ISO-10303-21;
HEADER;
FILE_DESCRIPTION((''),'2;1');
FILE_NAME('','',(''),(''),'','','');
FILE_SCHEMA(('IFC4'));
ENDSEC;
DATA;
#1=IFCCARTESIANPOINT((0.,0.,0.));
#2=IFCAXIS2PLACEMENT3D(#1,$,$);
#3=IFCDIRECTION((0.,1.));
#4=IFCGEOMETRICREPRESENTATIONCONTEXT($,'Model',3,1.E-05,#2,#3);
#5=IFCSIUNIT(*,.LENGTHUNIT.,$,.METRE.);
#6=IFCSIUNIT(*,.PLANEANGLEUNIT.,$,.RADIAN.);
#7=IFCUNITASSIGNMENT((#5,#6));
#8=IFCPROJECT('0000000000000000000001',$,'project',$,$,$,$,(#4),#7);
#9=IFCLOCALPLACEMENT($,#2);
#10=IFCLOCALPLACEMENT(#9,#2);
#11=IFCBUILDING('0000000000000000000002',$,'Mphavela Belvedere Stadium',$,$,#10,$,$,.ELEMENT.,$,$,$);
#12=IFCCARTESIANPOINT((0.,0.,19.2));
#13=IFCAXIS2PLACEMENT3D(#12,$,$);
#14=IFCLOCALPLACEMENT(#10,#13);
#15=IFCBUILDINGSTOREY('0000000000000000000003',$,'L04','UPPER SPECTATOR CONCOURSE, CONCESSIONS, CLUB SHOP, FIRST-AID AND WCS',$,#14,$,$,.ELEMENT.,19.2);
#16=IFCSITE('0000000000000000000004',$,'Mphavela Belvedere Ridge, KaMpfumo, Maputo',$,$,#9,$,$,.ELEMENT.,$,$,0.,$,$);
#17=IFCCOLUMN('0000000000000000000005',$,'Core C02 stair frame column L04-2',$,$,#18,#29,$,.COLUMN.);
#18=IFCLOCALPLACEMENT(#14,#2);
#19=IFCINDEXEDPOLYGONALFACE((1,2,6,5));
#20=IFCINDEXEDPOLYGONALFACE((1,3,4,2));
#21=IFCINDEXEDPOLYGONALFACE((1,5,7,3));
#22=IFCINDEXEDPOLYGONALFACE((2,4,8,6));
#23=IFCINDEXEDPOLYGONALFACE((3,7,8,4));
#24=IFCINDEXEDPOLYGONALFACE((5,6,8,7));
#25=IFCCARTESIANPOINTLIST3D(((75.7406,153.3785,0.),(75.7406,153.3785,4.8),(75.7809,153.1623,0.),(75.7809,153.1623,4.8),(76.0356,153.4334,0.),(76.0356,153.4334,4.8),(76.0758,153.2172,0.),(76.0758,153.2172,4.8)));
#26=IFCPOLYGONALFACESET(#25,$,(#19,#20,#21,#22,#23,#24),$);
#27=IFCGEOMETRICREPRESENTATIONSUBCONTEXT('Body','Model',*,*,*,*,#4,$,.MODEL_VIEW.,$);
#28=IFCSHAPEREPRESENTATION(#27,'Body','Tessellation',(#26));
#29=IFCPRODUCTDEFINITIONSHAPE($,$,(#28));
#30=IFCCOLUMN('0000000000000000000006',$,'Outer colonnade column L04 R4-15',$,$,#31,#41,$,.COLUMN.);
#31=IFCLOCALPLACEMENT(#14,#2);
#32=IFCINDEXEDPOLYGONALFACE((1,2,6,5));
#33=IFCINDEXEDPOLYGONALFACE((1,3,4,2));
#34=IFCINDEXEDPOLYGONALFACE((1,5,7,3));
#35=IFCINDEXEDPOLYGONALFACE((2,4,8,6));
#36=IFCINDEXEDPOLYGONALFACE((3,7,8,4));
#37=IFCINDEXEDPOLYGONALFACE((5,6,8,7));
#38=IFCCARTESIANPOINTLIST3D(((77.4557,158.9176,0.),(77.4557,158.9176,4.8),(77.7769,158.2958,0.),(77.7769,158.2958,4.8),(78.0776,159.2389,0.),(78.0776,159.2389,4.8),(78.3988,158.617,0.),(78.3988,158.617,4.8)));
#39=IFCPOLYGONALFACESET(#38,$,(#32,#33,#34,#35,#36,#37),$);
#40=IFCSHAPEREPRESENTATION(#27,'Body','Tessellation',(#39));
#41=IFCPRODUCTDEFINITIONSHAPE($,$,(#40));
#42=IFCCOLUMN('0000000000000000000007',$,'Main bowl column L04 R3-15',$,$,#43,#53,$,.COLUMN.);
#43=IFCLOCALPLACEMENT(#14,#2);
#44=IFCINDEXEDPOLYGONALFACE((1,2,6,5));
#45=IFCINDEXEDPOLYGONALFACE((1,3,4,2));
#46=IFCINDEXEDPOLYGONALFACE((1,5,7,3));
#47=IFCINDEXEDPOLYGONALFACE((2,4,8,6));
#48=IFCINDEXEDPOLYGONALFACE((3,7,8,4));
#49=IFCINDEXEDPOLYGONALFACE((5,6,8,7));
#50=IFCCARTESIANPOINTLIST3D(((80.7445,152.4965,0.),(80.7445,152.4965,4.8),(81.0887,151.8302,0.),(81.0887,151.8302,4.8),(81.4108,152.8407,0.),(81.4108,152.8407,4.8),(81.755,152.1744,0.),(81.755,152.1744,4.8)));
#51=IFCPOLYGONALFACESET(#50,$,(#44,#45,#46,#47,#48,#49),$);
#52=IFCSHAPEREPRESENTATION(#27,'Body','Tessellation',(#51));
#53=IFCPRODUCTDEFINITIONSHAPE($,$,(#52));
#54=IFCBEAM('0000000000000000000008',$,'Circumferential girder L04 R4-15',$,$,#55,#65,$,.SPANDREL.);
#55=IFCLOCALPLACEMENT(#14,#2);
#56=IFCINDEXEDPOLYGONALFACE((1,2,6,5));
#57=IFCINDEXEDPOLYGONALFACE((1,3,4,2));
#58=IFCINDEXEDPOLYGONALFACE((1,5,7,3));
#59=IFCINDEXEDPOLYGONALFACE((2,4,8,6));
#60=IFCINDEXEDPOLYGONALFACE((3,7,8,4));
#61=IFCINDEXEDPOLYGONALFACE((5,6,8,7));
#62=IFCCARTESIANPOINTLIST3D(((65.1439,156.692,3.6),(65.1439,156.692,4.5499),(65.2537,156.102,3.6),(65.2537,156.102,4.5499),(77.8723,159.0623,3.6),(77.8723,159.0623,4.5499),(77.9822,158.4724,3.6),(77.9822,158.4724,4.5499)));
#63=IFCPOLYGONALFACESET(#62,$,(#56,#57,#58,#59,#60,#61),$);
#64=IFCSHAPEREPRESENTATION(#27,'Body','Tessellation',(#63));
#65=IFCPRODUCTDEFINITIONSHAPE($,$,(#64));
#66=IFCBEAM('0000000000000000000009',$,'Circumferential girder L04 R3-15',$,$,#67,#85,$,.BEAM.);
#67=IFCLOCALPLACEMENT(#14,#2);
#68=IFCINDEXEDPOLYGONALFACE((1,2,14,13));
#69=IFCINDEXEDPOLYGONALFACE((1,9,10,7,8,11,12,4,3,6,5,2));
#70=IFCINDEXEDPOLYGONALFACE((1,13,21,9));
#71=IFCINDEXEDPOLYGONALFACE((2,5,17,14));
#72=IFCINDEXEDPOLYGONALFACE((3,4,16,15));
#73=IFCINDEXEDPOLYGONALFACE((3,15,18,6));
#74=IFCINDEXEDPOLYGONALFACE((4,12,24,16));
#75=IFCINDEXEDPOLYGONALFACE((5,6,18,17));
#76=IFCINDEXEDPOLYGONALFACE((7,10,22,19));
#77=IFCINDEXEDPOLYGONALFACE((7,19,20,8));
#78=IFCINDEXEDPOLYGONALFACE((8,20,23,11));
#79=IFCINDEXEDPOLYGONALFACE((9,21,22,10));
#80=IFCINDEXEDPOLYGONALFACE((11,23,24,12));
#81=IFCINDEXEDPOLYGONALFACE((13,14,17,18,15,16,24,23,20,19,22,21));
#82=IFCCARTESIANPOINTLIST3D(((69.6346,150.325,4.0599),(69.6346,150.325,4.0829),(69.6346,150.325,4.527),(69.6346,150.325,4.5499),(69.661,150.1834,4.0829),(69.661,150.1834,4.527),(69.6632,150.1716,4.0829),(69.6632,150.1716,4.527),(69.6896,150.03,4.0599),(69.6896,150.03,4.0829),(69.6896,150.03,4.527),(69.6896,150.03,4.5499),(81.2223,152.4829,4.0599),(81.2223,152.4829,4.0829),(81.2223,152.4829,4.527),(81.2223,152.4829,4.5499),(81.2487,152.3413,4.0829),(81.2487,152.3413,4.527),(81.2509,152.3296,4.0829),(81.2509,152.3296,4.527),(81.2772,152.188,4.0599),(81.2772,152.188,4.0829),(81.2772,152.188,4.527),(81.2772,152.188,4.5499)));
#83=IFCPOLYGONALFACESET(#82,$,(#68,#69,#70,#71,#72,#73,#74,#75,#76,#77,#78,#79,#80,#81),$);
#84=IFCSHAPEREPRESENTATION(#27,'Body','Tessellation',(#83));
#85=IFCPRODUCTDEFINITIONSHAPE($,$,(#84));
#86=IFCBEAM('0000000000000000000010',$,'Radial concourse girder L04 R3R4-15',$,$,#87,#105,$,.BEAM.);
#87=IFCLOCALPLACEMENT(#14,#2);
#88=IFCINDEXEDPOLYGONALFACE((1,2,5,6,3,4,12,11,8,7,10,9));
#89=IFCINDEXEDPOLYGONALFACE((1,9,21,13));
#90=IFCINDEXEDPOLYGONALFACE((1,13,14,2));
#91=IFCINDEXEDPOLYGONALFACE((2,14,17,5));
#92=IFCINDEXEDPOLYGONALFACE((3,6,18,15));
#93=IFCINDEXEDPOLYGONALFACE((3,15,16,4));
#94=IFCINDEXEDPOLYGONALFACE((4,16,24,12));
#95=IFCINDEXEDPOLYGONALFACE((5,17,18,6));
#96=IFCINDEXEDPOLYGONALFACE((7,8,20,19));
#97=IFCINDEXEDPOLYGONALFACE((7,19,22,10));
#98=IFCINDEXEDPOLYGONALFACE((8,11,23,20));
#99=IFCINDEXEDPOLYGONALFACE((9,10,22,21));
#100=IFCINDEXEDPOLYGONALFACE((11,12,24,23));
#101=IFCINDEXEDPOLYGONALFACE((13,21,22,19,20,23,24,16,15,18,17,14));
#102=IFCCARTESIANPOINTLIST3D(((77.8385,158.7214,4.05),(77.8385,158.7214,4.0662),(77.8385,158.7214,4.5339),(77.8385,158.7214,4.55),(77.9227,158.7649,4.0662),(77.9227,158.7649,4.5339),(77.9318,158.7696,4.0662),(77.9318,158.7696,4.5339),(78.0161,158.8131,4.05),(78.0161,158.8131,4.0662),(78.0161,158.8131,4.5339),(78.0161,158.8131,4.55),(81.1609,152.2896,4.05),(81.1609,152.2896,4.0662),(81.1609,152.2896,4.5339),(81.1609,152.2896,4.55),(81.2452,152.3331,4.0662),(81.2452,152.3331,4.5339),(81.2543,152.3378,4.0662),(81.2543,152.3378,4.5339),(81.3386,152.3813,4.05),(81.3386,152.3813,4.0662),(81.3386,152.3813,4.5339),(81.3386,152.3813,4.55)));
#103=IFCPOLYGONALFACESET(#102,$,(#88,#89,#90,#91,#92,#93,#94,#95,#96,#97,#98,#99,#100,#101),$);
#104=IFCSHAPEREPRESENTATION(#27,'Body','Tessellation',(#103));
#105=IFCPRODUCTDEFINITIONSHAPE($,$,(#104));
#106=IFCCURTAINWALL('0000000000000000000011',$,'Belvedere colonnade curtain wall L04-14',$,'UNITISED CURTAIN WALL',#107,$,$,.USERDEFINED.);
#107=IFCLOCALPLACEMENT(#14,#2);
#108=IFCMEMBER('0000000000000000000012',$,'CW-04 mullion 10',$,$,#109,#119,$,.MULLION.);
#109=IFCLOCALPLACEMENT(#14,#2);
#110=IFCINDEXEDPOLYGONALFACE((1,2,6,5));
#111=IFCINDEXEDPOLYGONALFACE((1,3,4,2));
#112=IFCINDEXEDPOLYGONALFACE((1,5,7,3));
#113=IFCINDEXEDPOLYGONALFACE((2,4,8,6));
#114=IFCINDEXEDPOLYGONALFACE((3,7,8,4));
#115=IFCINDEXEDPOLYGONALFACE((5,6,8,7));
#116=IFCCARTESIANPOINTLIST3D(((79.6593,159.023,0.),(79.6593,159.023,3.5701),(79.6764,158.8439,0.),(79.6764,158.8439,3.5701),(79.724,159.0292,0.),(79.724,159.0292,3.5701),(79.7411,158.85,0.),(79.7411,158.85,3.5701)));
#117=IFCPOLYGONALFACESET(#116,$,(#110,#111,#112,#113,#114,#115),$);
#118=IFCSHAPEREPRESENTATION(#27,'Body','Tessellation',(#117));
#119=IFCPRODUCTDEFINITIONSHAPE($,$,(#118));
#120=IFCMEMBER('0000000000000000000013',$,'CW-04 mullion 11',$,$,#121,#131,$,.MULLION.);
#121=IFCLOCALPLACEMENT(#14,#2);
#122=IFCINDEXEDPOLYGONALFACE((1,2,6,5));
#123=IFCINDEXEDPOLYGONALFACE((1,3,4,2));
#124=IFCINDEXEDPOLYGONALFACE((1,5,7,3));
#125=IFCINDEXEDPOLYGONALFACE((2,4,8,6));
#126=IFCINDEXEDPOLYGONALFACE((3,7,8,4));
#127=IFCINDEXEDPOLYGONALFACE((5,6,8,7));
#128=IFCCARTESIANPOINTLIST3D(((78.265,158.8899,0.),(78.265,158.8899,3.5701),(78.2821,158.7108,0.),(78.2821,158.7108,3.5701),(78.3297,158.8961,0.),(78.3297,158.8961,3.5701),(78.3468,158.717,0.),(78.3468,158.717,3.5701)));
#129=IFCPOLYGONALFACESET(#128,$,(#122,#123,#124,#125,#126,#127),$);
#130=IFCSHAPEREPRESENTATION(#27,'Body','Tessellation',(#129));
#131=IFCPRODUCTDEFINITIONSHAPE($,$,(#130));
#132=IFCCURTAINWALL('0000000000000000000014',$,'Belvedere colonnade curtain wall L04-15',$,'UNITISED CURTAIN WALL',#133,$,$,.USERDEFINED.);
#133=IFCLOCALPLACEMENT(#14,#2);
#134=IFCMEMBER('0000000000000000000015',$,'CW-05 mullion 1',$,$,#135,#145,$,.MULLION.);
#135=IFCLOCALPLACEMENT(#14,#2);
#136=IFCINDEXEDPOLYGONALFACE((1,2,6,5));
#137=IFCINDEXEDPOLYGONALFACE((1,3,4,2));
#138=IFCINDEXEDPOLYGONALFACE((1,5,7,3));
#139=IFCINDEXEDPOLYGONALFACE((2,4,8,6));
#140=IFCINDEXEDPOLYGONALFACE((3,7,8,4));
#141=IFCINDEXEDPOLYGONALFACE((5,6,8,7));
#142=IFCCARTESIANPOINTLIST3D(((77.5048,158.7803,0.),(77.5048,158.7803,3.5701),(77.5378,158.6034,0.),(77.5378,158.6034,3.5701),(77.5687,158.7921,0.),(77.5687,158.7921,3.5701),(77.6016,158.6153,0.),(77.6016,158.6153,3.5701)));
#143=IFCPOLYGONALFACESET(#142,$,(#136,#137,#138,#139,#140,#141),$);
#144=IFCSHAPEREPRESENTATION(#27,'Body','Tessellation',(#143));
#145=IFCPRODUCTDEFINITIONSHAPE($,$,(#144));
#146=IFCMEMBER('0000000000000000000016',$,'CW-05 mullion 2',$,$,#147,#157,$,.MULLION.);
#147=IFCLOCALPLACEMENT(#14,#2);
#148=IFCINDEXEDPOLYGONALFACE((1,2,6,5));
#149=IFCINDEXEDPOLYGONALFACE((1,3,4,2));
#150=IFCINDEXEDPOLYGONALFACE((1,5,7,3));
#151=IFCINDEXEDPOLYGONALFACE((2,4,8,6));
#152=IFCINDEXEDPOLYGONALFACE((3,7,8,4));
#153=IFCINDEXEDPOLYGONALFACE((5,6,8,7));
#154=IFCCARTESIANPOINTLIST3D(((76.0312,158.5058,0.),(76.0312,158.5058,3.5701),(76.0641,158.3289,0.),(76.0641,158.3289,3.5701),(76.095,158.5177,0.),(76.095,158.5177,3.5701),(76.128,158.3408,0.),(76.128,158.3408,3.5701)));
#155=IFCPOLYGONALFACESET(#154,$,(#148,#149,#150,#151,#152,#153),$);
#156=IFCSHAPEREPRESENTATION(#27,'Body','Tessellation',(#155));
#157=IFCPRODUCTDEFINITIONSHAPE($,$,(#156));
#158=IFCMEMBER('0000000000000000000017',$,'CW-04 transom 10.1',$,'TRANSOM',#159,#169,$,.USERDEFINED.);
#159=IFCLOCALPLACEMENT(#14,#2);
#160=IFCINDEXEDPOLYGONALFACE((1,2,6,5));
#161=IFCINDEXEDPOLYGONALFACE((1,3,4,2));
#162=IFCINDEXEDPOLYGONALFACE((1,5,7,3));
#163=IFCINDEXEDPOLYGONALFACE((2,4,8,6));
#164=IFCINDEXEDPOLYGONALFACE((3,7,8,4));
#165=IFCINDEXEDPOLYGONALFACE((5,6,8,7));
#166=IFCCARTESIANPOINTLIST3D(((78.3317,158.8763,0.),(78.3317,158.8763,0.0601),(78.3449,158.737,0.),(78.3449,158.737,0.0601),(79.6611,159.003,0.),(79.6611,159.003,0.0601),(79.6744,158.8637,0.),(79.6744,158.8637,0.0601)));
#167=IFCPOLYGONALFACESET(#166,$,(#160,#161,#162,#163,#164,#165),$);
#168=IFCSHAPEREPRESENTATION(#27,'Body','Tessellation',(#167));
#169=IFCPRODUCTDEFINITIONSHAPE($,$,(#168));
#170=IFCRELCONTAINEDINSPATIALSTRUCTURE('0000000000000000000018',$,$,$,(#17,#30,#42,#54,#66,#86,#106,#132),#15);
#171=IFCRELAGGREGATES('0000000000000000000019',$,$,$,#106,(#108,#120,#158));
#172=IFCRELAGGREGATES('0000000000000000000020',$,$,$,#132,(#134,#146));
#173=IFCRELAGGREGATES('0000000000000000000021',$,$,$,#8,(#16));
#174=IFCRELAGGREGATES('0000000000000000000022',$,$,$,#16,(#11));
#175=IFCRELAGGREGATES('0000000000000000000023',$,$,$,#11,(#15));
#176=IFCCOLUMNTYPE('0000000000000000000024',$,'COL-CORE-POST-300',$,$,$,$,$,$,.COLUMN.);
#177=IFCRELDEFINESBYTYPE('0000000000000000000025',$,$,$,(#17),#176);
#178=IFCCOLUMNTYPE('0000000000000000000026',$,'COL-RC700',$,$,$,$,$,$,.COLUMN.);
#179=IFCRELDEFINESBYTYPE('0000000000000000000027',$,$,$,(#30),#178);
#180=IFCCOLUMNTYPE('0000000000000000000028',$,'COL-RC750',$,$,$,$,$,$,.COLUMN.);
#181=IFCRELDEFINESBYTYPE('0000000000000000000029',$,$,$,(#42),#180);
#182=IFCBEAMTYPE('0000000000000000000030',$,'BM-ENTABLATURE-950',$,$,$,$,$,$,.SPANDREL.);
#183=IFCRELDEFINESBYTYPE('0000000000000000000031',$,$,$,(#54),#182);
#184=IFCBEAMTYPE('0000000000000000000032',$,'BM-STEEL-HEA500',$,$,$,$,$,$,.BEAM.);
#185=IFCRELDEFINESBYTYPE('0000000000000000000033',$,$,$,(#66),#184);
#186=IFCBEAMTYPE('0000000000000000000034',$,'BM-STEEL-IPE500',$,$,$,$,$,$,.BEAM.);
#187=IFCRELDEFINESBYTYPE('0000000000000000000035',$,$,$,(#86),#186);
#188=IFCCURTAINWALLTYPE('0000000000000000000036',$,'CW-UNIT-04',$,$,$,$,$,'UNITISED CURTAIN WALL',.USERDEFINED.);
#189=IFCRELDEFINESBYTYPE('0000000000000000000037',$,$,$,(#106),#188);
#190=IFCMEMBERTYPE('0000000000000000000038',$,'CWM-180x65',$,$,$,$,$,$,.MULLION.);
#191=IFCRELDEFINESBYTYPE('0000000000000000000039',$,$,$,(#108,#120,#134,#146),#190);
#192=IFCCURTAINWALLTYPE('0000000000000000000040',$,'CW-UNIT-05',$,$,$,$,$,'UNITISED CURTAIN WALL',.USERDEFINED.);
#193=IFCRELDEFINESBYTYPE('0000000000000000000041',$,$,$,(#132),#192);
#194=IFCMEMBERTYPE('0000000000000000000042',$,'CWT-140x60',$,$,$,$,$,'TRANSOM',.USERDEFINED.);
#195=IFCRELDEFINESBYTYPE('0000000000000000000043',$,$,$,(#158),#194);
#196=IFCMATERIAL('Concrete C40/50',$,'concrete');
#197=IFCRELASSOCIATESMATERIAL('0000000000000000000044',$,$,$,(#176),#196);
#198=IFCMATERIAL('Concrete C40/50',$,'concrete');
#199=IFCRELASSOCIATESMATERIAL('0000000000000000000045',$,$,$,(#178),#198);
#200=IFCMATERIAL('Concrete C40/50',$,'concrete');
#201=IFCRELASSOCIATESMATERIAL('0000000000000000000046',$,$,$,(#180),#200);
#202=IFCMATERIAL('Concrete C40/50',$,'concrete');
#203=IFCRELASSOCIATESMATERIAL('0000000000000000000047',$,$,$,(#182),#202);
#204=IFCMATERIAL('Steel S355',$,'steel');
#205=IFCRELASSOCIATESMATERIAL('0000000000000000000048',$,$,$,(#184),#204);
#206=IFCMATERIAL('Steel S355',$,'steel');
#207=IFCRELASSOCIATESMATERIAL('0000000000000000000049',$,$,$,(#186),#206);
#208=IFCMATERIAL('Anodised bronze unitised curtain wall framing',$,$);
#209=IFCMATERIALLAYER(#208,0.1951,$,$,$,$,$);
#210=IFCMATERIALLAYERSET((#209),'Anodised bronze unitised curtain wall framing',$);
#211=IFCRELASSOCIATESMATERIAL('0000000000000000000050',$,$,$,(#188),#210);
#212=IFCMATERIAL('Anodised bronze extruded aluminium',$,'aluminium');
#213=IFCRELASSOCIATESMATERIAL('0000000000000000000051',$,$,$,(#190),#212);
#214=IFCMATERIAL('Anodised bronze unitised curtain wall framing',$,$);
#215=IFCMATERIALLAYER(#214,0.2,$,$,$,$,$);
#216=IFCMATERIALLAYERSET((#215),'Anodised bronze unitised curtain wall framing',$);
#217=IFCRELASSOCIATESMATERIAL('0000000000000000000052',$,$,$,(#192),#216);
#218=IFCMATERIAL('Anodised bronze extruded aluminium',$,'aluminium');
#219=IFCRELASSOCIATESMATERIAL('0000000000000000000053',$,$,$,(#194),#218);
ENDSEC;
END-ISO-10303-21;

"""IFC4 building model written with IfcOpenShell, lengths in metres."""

from ifc_helpers import new_model, si_unit, direction, frame, origin, origin_2d, place, context, subcontext, project, spatial, rectangle, i_section, extrude, material, layer, layer_set, material_profile, profile_set, type_object, element, aggregate, save


model = new_model("IFC4")

# Units and contexts
model_context = context("Model", 3, precision=1e-05, world=origin(), true_north=direction((0.0, 1.0)))
body_context = subcontext(model_context, "Body", "Model", "MODEL_VIEW")
ifc_project = project(units=[si_unit("LENGTHUNIT", "METRE"), si_unit("PLANEANGLEUNIT", "RADIAN")], contexts=[model_context])

# Site, building, storey
site_placement = place(None, origin())
site = spatial("IfcSite", under=ifc_project, at=site_placement, Name="Mphavela Belvedere Ridge, KaMpfumo, Maputo", CompositionType="ELEMENT", RefElevation=0.0)
building_placement = place(site_placement, origin())
building = spatial("IfcBuilding", under=site, at=building_placement, Name="Mphavela Belvedere Stadium", CompositionType="ELEMENT")
storey_placement = place(building_placement, frame((0.0, 0.0, 19.2)))
storey = spatial("IfcBuildingStorey", under=building, at=storey_placement, Name="L04", Description="UPPER SPECTATOR CONCOURSE, CONCESSIONS, CLUB SHOP, FIRST-AID AND WCS", CompositionType="ELEMENT", Elevation=19.2)

# Columns
ifc_material_1 = material(Name="Concrete C40/50", Category="concrete")
ifc_material_profile_1 = material_profile(ifc_material_1, rectangle(XDim=0.3, YDim=0.22, at=origin_2d()), Name="RC 300x220")
ifc_profile_set_1 = profile_set([ifc_material_profile_1], Name="Concrete C40/50")
column_type_1 = type_object("IfcColumnType", Name="COL-CORE-POST-300", PredefinedType="COLUMN", material=ifc_profile_set_1)
column_1_placement = place(storey_placement, frame((75.9082, 153.2979, 0.0), z_axis=(0.0, 0.0, 1.0), x_axis=(0.983096, 0.183094, 0.0)))
element("IfcColumn", 1, at=column_1_placement, inside=storey, type_object=column_type_1, Name="Core C02 stair frame column L04-2", PredefinedType="COLUMN", context=body_context, shape_type="SweptSolid", body=[
    extrude(rectangle(XDim=0.3, YDim=0.22, at=origin_2d()), origin(), (0.0, 0.0, 1.0), 4.8),
])
ifc_material_2 = material(Name="Concrete C40/50", Category="concrete")
ifc_material_profile_2 = material_profile(ifc_material_2, rectangle(XDim=0.7, YDim=0.7, at=origin_2d()), Name="RC 700x700")
ifc_profile_set_2 = profile_set([ifc_material_profile_2], Name="Concrete C40/50")
column_type_2 = type_object("IfcColumnType", Name="COL-RC700", PredefinedType="COLUMN", material=ifc_profile_set_2)
column_2_placement = place(storey_placement, frame((77.9272, 158.7673, 0.0), z_axis=(0.0, 0.0, 1.0), x_axis=(-0.45896, 0.888457, 0.0)))
element("IfcColumn", 2, at=column_2_placement, inside=storey, type_object=column_type_2, Name="Outer colonnade column L04 R4-15", PredefinedType="COLUMN", context=body_context, shape_type="SweptSolid", body=[
    extrude(rectangle(XDim=0.7, YDim=0.7, at=origin_2d()), origin(), (0.0, 0.0, 1.0), 4.8),
])
ifc_material_3 = material(Name="Concrete C40/50", Category="concrete")
ifc_material_profile_3 = material_profile(ifc_material_3, rectangle(XDim=0.75, YDim=0.75, at=origin_2d()), Name="RC 750x750")
ifc_profile_set_3 = profile_set([ifc_material_profile_3], Name="Concrete C40/50")
column_type_3 = type_object("IfcColumnType", Name="COL-RC750", PredefinedType="COLUMN", material=ifc_profile_set_3)
column_3_placement = place(storey_placement, frame((81.2498, 152.3354, 0.0), z_axis=(0.0, 0.0, 1.0), x_axis=(-0.45896, 0.888457, 0.0)))
element("IfcColumn", 3, at=column_3_placement, inside=storey, type_object=column_type_3, Name="Main bowl column L04 R3-15", PredefinedType="COLUMN", context=body_context, shape_type="SweptSolid", body=[
    extrude(rectangle(XDim=0.75, YDim=0.75, at=origin_2d()), origin(), (0.0, 0.0, 1.0), 4.8),
])

# Beams
ifc_material_4 = material(Name="Concrete C40/50", Category="concrete")
ifc_material_profile_4 = material_profile(ifc_material_4, rectangle(XDim=0.6001, YDim=0.95, at=origin_2d()), Name="RC 600x950")
ifc_profile_set_4 = profile_set([ifc_material_profile_4], Name="Concrete C40/50")
beam_type_1 = type_object("IfcBeamType", Name="BM-ENTABLATURE-950", PredefinedType="SPANDREL", material=ifc_profile_set_4)
beam_1_placement = place(storey_placement, frame((77.9272, 158.7673, 4.075), z_axis=(-0.983099, -0.183077, 0.0), x_axis=(0.183077, -0.983099, 0.0)))
element("IfcBeam", 4, at=beam_1_placement, inside=storey, type_object=beam_type_1, Name="Circumferential girder L04 R4-15", PredefinedType="SPANDREL", context=body_context, shape_type="SweptSolid", body=[
    extrude(rectangle(XDim=0.6001, YDim=0.95, at=origin_2d()), origin(), (0.0, 0.0, 1.0), 12.9473),
])
ifc_material_5 = material(Name="Steel S355", Category="steel")
ifc_material_profile_5 = material_profile(ifc_material_5, i_section(OverallWidth=0.3, OverallDepth=0.49, WebThickness=0.012, FlangeThickness=0.0229, at=origin_2d()), Name="HEA 500")
ifc_profile_set_5 = profile_set([ifc_material_profile_5], Name="Steel S355")
beam_type_2 = type_object("IfcBeamType", Name="BM-STEEL-HEA500", PredefinedType="BEAM", material=ifc_profile_set_5)
beam_2_placement = place(storey_placement, frame((81.2498, 152.3354, 4.3049), z_axis=(-0.983098, -0.183082, 0.0), x_axis=(0.183082, -0.983098, 0.0)))
element("IfcBeam", 5, at=beam_2_placement, inside=storey, type_object=beam_type_2, Name="Circumferential girder L04 R3-15", PredefinedType="BEAM", context=body_context, shape_type="SweptSolid", body=[
    extrude(i_section(OverallWidth=0.3, OverallDepth=0.49, WebThickness=0.012, FlangeThickness=0.0229, at=origin_2d()), origin(), (0.0, 0.0, 1.0), 11.7869),
])
ifc_material_6 = material(Name="Steel S355", Category="steel")
ifc_material_profile_6 = material_profile(ifc_material_6, i_section(OverallWidth=0.2, OverallDepth=0.5, WebThickness=0.0103, FlangeThickness=0.0161, at=origin_2d()), Name="IPE 500")
ifc_profile_set_6 = profile_set([ifc_material_profile_6], Name="Steel S355")
beam_type_3 = type_object("IfcBeamType", Name="BM-STEEL-IPE500", PredefinedType="BEAM", material=ifc_profile_set_6)
beam_3_placement = place(storey_placement, frame((81.2498, 152.3354, 4.3), z_axis=(-0.458951, 0.888461, 0.0), x_axis=(-0.888461, -0.458951, 0.0)))
element("IfcBeam", 6, at=beam_3_placement, inside=storey, type_object=beam_type_3, Name="Radial concourse girder L04 R3R4-15", PredefinedType="BEAM", context=body_context, shape_type="SweptSolid", body=[
    extrude(i_section(OverallWidth=0.2, OverallDepth=0.5, WebThickness=0.0103, FlangeThickness=0.0161, at=origin_2d()), origin(), (0.0, 0.0, 1.0), 7.2393),
])

# Curtain walls, members
ifc_material_7 = material(Name="Anodised bronze unitised curtain wall framing")
ifc_layer_1 = layer(ifc_material_7, 0.1951)
ifc_layer_set_1 = layer_set([ifc_layer_1], Name="Anodised bronze unitised curtain wall framing")
curtain_wall_type_1 = type_object("IfcCurtainWallType", Name="CW-UNIT-04", ElementType="UNITISED CURTAIN WALL", PredefinedType="USERDEFINED", material=ifc_layer_set_1)
curtain_wall_1_placement = place(storey_placement, origin())
curtain_wall_1 = element("IfcCurtainWall", 7, at=curtain_wall_1_placement, inside=storey, type_object=curtain_wall_type_1, Name="Belvedere colonnade curtain wall L04-14", ObjectType="UNITISED CURTAIN WALL", PredefinedType="USERDEFINED")
ifc_material_8 = material(Name="Anodised bronze extruded aluminium", Category="aluminium")
ifc_material_profile_7 = material_profile(ifc_material_8, rectangle(XDim=0.1799, YDim=0.0649, at=origin_2d()), Name="CW-MUL 180x65")
ifc_profile_set_7 = profile_set([ifc_material_profile_7], Name="Anodised bronze extruded aluminium")
member_type_1 = type_object("IfcMemberType", Name="CWM-180x65", PredefinedType="MULLION", material=ifc_profile_set_7)
member_1_placement = place(storey_placement, frame((79.7002, 158.9365, 0.0), z_axis=(0.0, 0.0, 1.0), x_axis=(0.094933, -0.995484, 0.0)))
member_1 = element("IfcMember", 8, at=member_1_placement, type_object=member_type_1, Name="CW-04 mullion 10", PredefinedType="MULLION", context=body_context, shape_type="SweptSolid", body=[
    extrude(rectangle(XDim=0.1799, YDim=0.0649, at=origin_2d()), origin(), (0.0, 0.0, 1.0), 3.5701),
])
member_2_placement = place(storey_placement, frame((78.3059, 158.8035, 0.0), z_axis=(0.0, 0.0, 1.0), x_axis=(0.094933, -0.995484, 0.0)))
member_2 = element("IfcMember", 9, at=member_2_placement, type_object=member_type_1, Name="CW-04 mullion 11", PredefinedType="MULLION", context=body_context, shape_type="SweptSolid", body=[
    extrude(rectangle(XDim=0.1799, YDim=0.0649, at=origin_2d()), origin(), (0.0, 0.0, 1.0), 3.5701),
])
ifc_material_9 = material(Name="Anodised bronze unitised curtain wall framing")
ifc_layer_2 = layer(ifc_material_9, 0.2)
ifc_layer_set_2 = layer_set([ifc_layer_2], Name="Anodised bronze unitised curtain wall framing")
curtain_wall_type_2 = type_object("IfcCurtainWallType", Name="CW-UNIT-05", ElementType="UNITISED CURTAIN WALL", PredefinedType="USERDEFINED", material=ifc_layer_set_2)
curtain_wall_2_placement = place(storey_placement, origin())
curtain_wall_2 = element("IfcCurtainWall", 10, at=curtain_wall_2_placement, inside=storey, type_object=curtain_wall_type_2, Name="Belvedere colonnade curtain wall L04-15", ObjectType="UNITISED CURTAIN WALL", PredefinedType="USERDEFINED")
member_3_placement = place(storey_placement, frame((77.5532, 158.6978, 0.0), z_axis=(0.0, 0.0, 1.0), x_axis=(0.183091, -0.983096, 0.0)))
member_3 = element("IfcMember", 11, at=member_3_placement, type_object=member_type_1, Name="CW-05 mullion 1", PredefinedType="MULLION", context=body_context, shape_type="SweptSolid", body=[
    extrude(rectangle(XDim=0.1799, YDim=0.0649, at=origin_2d()), origin(), (0.0, 0.0, 1.0), 3.5701),
])
member_4_placement = place(storey_placement, frame((76.0796, 158.4233, 0.0), z_axis=(0.0, 0.0, 1.0), x_axis=(0.183091, -0.983096, 0.0)))
member_4 = element("IfcMember", 12, at=member_4_placement, type_object=member_type_1, Name="CW-05 mullion 2", PredefinedType="MULLION", context=body_context, shape_type="SweptSolid", body=[
    extrude(rectangle(XDim=0.1799, YDim=0.0649, at=origin_2d()), origin(), (0.0, 0.0, 1.0), 3.5701),
])

# Member
ifc_material_10 = material(Name="Anodised bronze extruded aluminium", Category="aluminium")
ifc_material_profile_8 = material_profile(ifc_material_10, rectangle(XDim=0.1399, YDim=0.0601, at=origin_2d()), Name="CW-TRN 140x60")
ifc_profile_set_8 = profile_set([ifc_material_profile_8], Name="Anodised bronze extruded aluminium")
member_type_2 = type_object("IfcMemberType", Name="CWT-140x60", ElementType="TRANSOM", PredefinedType="USERDEFINED", material=ifc_profile_set_8)
member_5_placement = place(storey_placement, frame((79.6677, 158.9333, 0.03), z_axis=(-0.995488, -0.094887, 0.0), x_axis=(0.094887, -0.995488, 0.0)))
member_5 = element("IfcMember", 13, at=member_5_placement, type_object=member_type_2, Name="CW-04 transom 10.1", ObjectType="TRANSOM", PredefinedType="USERDEFINED", context=body_context, shape_type="SweptSolid", body=[
    extrude(rectangle(XDim=0.1399, YDim=0.0601, at=origin_2d()), origin(), (0.0, 0.0, 1.0), 1.3354),
])

aggregate(curtain_wall_1, [member_1, member_2, member_5])
aggregate(curtain_wall_2, [member_3, member_4])

save(model, "model.ifc")
